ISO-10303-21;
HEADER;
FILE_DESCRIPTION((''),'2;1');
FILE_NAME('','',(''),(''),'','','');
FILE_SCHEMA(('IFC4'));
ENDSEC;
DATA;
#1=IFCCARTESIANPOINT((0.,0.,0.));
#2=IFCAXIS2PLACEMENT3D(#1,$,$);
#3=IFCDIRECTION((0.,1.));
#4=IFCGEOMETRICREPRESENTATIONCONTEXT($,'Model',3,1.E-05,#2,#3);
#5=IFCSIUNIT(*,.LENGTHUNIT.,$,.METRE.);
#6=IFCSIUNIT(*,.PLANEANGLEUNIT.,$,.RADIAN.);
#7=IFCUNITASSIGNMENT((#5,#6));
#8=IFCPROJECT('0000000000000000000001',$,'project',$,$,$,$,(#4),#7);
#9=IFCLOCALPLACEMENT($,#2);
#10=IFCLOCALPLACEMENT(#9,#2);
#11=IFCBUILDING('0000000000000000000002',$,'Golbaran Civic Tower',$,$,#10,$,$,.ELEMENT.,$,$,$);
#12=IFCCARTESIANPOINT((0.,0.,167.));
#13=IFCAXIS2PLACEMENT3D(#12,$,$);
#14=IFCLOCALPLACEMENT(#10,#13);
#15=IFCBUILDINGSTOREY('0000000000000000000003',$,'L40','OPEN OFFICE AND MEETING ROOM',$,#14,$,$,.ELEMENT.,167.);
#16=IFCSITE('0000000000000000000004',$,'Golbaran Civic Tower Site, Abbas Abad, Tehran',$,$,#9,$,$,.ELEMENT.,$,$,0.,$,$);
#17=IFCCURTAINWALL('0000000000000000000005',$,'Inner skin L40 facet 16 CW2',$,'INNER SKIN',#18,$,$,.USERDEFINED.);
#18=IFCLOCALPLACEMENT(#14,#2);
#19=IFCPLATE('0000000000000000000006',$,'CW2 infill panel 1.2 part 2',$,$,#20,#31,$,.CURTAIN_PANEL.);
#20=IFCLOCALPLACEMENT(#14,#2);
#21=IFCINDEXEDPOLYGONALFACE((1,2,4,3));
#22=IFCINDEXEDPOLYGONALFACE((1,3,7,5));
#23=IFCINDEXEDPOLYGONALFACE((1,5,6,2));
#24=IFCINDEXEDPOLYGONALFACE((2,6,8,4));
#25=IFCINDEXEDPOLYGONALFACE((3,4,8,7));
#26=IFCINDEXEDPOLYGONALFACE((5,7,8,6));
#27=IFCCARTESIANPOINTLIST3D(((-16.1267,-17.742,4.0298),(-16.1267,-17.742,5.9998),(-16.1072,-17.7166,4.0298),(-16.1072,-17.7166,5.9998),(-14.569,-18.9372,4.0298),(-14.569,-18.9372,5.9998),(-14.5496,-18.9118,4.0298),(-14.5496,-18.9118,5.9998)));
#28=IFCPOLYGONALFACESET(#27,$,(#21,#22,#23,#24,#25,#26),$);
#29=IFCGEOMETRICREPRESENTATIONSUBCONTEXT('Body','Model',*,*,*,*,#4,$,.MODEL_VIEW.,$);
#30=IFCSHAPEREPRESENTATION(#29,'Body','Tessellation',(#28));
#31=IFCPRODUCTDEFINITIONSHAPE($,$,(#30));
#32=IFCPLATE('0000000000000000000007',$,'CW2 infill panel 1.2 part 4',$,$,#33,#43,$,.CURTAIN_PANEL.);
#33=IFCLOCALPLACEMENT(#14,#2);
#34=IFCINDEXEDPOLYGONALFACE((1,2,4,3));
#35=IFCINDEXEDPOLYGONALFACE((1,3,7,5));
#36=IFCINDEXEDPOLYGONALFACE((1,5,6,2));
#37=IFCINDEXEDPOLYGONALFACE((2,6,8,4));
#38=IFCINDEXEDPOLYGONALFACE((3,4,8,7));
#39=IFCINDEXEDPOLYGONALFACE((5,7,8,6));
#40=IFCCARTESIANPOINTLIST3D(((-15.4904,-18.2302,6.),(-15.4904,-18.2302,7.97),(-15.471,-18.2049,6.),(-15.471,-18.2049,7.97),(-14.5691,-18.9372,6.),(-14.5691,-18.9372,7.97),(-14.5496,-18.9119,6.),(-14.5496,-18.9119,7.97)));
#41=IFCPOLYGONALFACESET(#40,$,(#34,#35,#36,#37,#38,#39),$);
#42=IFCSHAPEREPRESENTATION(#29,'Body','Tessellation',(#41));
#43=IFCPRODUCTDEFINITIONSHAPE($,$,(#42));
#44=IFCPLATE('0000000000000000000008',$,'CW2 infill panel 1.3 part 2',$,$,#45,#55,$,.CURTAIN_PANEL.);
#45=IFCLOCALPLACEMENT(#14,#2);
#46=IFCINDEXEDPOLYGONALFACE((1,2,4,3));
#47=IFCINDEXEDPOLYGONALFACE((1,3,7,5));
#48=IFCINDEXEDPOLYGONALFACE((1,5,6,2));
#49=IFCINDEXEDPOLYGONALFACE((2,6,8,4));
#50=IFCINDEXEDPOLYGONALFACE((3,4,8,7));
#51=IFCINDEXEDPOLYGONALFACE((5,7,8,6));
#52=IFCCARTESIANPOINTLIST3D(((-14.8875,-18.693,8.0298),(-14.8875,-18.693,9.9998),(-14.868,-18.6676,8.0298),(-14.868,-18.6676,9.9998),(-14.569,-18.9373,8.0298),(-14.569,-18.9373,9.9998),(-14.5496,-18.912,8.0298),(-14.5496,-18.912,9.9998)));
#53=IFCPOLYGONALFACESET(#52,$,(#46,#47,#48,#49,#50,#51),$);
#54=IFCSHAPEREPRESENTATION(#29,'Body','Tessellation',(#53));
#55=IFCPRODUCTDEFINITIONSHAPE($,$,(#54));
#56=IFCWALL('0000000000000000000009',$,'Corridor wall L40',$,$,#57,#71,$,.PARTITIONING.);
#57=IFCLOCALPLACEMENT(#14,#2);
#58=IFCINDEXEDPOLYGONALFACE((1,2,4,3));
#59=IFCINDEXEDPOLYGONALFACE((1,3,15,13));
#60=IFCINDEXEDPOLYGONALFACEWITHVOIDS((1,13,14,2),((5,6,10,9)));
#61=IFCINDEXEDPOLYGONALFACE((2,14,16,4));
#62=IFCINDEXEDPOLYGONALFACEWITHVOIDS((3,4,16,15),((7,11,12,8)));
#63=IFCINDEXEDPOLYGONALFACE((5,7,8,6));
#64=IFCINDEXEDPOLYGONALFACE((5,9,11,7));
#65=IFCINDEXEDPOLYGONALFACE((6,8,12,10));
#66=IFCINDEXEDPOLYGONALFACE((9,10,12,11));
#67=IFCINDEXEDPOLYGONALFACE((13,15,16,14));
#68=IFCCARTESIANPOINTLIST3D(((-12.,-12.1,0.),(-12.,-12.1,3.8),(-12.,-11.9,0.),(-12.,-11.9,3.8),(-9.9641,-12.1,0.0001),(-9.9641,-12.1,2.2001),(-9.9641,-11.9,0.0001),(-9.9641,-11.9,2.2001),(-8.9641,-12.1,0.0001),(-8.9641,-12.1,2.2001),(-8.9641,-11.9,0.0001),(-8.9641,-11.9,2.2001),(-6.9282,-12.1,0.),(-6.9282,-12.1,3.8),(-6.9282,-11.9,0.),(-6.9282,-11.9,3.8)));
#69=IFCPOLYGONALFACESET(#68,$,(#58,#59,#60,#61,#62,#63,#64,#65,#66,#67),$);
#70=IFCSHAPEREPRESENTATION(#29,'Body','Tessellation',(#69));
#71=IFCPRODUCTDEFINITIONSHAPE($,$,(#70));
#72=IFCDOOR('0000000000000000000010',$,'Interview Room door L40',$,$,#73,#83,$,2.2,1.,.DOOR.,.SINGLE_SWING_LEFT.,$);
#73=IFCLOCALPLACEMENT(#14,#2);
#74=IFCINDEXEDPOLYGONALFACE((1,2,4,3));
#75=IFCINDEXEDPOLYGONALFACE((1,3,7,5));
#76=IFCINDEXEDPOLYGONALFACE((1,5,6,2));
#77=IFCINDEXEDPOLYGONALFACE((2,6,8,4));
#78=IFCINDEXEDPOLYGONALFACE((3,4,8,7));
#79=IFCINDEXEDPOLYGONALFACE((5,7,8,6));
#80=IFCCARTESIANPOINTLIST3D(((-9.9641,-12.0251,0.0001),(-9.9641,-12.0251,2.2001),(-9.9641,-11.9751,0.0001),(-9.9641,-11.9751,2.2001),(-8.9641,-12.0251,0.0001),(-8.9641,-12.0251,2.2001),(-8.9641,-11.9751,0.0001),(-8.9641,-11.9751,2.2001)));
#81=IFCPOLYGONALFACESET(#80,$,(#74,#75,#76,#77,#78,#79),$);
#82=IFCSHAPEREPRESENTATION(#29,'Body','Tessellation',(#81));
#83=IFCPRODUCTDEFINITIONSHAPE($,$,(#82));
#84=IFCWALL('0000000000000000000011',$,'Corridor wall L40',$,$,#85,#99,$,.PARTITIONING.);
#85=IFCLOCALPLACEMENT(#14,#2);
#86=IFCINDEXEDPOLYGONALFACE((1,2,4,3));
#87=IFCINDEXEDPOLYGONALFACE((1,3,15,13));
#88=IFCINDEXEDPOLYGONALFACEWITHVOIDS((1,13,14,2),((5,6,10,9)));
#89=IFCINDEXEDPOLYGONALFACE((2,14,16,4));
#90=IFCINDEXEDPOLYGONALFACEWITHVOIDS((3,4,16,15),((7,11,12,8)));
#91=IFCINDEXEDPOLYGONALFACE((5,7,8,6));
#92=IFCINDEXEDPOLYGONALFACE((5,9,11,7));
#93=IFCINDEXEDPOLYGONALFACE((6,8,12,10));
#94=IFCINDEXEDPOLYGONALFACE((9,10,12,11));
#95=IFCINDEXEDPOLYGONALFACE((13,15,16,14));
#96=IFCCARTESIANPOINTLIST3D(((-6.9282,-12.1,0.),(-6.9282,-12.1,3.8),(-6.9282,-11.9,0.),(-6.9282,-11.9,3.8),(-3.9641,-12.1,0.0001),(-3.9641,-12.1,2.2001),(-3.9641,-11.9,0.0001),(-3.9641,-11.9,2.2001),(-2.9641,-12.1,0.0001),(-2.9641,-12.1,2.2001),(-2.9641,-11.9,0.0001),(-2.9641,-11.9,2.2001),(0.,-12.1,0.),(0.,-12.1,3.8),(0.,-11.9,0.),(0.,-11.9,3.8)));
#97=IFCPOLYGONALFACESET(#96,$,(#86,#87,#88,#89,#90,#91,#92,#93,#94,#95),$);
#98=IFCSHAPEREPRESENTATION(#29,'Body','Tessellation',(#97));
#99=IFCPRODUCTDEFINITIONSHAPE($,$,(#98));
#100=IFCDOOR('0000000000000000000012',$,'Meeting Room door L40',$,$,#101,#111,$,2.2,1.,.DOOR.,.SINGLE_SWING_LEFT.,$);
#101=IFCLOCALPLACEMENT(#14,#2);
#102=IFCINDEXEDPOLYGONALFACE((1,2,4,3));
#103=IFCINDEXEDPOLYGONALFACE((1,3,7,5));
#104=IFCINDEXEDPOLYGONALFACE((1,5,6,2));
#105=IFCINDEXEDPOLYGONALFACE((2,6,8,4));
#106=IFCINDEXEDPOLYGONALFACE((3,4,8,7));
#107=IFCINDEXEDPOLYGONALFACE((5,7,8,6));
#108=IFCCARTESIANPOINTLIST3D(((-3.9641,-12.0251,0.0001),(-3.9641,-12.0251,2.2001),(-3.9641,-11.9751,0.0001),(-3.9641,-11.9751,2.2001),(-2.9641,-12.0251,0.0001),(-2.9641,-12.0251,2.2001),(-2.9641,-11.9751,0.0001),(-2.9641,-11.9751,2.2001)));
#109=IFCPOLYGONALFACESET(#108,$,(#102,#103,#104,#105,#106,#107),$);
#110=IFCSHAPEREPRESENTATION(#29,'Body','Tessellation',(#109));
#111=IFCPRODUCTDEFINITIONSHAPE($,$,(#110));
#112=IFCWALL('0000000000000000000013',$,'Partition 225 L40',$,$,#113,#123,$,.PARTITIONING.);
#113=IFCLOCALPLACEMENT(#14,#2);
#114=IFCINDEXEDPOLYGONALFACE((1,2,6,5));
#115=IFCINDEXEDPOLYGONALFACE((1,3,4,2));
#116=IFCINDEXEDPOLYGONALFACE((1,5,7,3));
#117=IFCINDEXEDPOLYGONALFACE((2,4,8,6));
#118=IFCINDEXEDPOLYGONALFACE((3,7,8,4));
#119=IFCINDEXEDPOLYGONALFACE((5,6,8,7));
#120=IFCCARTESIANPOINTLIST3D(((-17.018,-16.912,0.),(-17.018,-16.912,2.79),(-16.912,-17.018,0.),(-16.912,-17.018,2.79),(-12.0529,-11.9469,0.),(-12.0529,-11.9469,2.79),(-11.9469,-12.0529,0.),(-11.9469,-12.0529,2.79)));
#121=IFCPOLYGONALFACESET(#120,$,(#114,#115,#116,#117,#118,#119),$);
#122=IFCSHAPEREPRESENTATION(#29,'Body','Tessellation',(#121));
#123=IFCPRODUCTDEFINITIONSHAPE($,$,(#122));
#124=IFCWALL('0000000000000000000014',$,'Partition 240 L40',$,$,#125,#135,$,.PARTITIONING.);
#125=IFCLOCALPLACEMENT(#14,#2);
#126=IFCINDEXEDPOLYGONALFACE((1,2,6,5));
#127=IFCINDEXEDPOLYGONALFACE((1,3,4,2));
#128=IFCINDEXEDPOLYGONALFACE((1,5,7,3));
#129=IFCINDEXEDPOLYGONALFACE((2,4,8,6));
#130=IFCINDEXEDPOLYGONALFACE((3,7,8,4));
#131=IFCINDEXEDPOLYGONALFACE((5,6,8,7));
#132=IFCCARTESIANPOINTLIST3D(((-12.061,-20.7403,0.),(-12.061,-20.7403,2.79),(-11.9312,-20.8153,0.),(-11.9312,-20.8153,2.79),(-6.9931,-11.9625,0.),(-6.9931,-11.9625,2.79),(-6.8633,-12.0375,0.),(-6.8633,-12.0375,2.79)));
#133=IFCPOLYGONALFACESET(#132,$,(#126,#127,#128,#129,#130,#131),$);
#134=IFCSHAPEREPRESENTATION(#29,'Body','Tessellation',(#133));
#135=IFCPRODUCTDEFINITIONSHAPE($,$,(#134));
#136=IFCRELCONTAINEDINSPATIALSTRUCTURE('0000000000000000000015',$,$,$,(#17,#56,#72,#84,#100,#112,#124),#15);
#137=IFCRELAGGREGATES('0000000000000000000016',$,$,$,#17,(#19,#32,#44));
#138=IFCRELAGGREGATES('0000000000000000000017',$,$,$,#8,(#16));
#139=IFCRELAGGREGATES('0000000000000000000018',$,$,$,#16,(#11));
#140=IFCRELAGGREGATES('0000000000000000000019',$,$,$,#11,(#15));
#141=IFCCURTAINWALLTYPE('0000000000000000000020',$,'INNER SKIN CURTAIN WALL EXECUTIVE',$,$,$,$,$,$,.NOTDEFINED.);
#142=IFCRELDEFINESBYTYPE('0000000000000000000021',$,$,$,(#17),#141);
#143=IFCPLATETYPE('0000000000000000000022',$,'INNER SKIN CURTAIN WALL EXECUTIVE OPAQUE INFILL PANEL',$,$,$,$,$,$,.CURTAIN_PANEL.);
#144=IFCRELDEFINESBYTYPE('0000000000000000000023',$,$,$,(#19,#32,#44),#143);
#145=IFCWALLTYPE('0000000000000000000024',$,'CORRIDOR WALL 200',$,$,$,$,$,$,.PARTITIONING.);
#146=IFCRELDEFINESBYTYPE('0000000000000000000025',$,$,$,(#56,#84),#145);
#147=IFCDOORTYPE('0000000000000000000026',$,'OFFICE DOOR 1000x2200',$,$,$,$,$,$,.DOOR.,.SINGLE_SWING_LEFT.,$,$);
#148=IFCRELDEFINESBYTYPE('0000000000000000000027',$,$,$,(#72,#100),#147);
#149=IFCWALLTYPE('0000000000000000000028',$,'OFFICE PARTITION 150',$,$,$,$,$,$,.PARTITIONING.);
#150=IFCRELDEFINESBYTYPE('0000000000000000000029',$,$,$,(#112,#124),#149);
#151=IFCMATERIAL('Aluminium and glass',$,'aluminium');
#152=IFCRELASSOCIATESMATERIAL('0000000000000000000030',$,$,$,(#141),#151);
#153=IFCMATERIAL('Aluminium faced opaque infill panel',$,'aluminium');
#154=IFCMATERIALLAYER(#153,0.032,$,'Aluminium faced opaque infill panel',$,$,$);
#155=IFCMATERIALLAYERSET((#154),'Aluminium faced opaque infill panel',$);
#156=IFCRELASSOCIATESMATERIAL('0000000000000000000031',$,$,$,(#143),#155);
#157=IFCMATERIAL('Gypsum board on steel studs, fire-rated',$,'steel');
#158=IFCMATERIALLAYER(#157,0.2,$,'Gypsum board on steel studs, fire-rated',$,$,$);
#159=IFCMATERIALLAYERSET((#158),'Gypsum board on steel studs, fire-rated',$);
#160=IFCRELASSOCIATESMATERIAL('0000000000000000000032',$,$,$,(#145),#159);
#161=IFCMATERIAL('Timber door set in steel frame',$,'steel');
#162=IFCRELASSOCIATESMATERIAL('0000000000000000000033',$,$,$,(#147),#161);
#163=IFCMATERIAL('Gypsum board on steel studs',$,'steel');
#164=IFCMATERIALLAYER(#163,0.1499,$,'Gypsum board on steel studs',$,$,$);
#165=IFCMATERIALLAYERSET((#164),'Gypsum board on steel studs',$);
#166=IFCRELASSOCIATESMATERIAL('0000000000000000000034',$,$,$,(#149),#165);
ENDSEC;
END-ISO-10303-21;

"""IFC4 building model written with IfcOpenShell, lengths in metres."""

from ifc_helpers import new_model, si_unit, direction, frame, frame_2d, origin, origin_2d, place, context, subcontext, project, spatial, rectangle, extrude, material, layer, layer_set, type_object, element, fill, aggregate, save


model = new_model("IFC4")

# Units and contexts
model_context = context("Model", 3, precision=1e-05, world=origin(), true_north=direction((0.0, 1.0)))
body_context = subcontext(model_context, "Body", "Model", "MODEL_VIEW")
ifc_project = project(units=[si_unit("LENGTHUNIT", "METRE"), si_unit("PLANEANGLEUNIT", "RADIAN")], contexts=[model_context])

# Site, building, storey
site_placement = place(None, origin())
site = spatial("IfcSite", under=ifc_project, at=site_placement, Name="Golbaran Civic Tower Site, Abbas Abad, Tehran", CompositionType="ELEMENT", RefElevation=0.0)
building_placement = place(site_placement, origin())
building = spatial("IfcBuilding", under=site, at=building_placement, Name="Golbaran Civic Tower", CompositionType="ELEMENT")
storey_placement = place(building_placement, frame((0.0, 0.0, 167.0)))
storey = spatial("IfcBuildingStorey", under=building, at=storey_placement, Name="L40", Description="OPEN OFFICE AND MEETING ROOM", CompositionType="ELEMENT", Elevation=167.0)

# Curtain wall
ifc_material_1 = material(Name="Aluminium and glass", Category="aluminium")
curtain_wall_type = type_object("IfcCurtainWallType", Name="INNER SKIN CURTAIN WALL EXECUTIVE", PredefinedType="NOTDEFINED", material=ifc_material_1)
curtain_wall_placement = place(storey_placement, origin())
curtain_wall = element("IfcCurtainWall", 1, at=curtain_wall_placement, inside=storey, type_object=curtain_wall_type, Name="Inner skin L40 facet 16 CW2", ObjectType="INNER SKIN", PredefinedType="USERDEFINED")

# Plates
ifc_material_2 = material(Name="Aluminium faced opaque infill panel", Category="aluminium")
ifc_layer_1 = layer(ifc_material_2, 0.032, Name="Aluminium faced opaque infill panel")
ifc_layer_set_1 = layer_set([ifc_layer_1], Name="Aluminium faced opaque infill panel")
plate_type_1 = type_object("IfcPlateType", Name="INNER SKIN CURTAIN WALL EXECUTIVE OPAQUE INFILL PANEL", PredefinedType="CURTAIN_PANEL", material=ifc_layer_set_1)
plate_1_placement = place(storey_placement, frame((-15.3381, -18.3269, 4.0298), z_axis=(0.0, 0.0, 1.0), x_axis=(0.793353, -0.608761, 0.0)))
plate_1 = element("IfcPlate", 2, at=plate_1_placement, type_object=plate_type_1, Name="CW2 infill panel 1.2 part 2", PredefinedType="CURTAIN_PANEL", context=body_context, shape_type="SweptSolid", body=[
    extrude(rectangle(XDim=1.9634, YDim=0.032, at=origin_2d()), origin(), (0.0, 0.0, 1.0), 1.97),
])
plate_2_placement = place(storey_placement, frame((-15.02, -18.571, 6.0), z_axis=(0.0, 0.0, 1.0), x_axis=(0.793353, -0.608761, 0.0)))
plate_2 = element("IfcPlate", 3, at=plate_2_placement, type_object=plate_type_1, Name="CW2 infill panel 1.2 part 4", PredefinedType="CURTAIN_PANEL", context=body_context, shape_type="SweptSolid", body=[
    extrude(rectangle(XDim=1.1614, YDim=0.032, at=origin_2d()), origin(), (0.0, 0.0, 1.0), 1.97),
])
plate_3_placement = place(storey_placement, frame((-14.7185, -18.8025, 8.0298), z_axis=(0.0, 0.0, 1.0), x_axis=(0.793353, -0.608761, 0.0)))
plate_3 = element("IfcPlate", 4, at=plate_3_placement, type_object=plate_type_1, Name="CW2 infill panel 1.3 part 2", PredefinedType="CURTAIN_PANEL", context=body_context, shape_type="SweptSolid", body=[
    extrude(rectangle(XDim=0.4014, YDim=0.032, at=origin_2d()), origin(), (0.0, 0.0, 1.0), 1.97),
])
aggregate(curtain_wall, [plate_1, plate_2, plate_3])

# Walls, openings, doors
ifc_material_3 = material(Name="Gypsum board on steel studs, fire-rated", Category="steel")
ifc_layer_2 = layer(ifc_material_3, 0.2, Name="Gypsum board on steel studs, fire-rated")
ifc_layer_set_2 = layer_set([ifc_layer_2], Name="Gypsum board on steel studs, fire-rated")
wall_type_1 = type_object("IfcWallType", Name="CORRIDOR WALL 200", PredefinedType="PARTITIONING", material=ifc_layer_set_2)
wall_1_placement = place(storey_placement, frame((-12.0, -12.0, 0.0), z_axis=(0.0, 0.0, 1.0), x_axis=(1.0, 0.0, 0.0)))
wall_1 = element("IfcWall", 5, at=wall_1_placement, inside=storey, type_object=wall_type_1, Name="Corridor wall L40", PredefinedType="PARTITIONING", context=body_context, shape_type="SweptSolid", body=[
    extrude(rectangle(XDim=5.0718, YDim=0.2, at=frame_2d((2.5359, 0.0))), origin(), (0.0, 0.0, 1.0), 3.8),
])
opening_1_placement = place(wall_1_placement, frame((2.0359, 0.0, 0.0)))
opening_1 = element("IfcOpeningElement", 6, at=opening_1_placement, cuts=wall_1, PredefinedType="OPENING", context=body_context, shape_type="SweptSolid", body=[
    extrude(rectangle(XDim=1.0, YDim=2.2, at=frame_2d((0.5, 1.1001))), frame((0.0, 0.1099, 0.0), z_axis=(0.0, -1.0, 0.0), x_axis=(1.0, 0.0, 0.0)), (0.0, 0.0, 1.0), 0.22),
])
ifc_material_4 = material(Name="Timber door set in steel frame", Category="steel")
door_type = type_object("IfcDoorType", Name="OFFICE DOOR 1000x2200", OperationType="SINGLE_SWING_LEFT", PredefinedType="DOOR", material=ifc_material_4)
door_1_placement = place(opening_1_placement, origin())
door_1 = element("IfcDoor", 7, at=door_1_placement, inside=storey, type_object=door_type, Name="Interview Room door L40", OperationType="SINGLE_SWING_LEFT", OverallHeight=2.2, OverallWidth=1.0, PredefinedType="DOOR", context=body_context, shape_type="SweptSolid", body=[
    extrude(rectangle(XDim=1.0, YDim=2.2, at=frame_2d((0.5, 1.1001))), frame((0.0, 0.0249, 0.0), z_axis=(0.0, -1.0, 0.0), x_axis=(1.0, 0.0, 0.0)), (0.0, 0.0, 1.0), 0.05),
])
fill(opening_1, door_1)
wall_2_placement = place(storey_placement, frame((-6.9282, -12.0, 0.0), z_axis=(0.0, 0.0, 1.0), x_axis=(1.0, 0.0, 0.0)))
wall_2 = element("IfcWall", 8, at=wall_2_placement, inside=storey, type_object=wall_type_1, Name="Corridor wall L40", PredefinedType="PARTITIONING", context=body_context, shape_type="SweptSolid", body=[
    extrude(rectangle(XDim=6.9282, YDim=0.2, at=frame_2d((3.4641, 0.0))), origin(), (0.0, 0.0, 1.0), 3.8),
])
opening_2_placement = place(wall_2_placement, frame((2.9641, 0.0, 0.0)))
opening_2 = element("IfcOpeningElement", 9, at=opening_2_placement, cuts=wall_2, PredefinedType="OPENING", context=body_context, shape_type="SweptSolid", body=[
    extrude(rectangle(XDim=1.0, YDim=2.2, at=frame_2d((0.5, 1.1001))), frame((0.0, 0.1099, 0.0), z_axis=(0.0, -1.0, 0.0), x_axis=(1.0, 0.0, 0.0)), (0.0, 0.0, 1.0), 0.22),
])
door_2_placement = place(opening_2_placement, origin())
door_2 = element("IfcDoor", 10, at=door_2_placement, inside=storey, type_object=door_type, Name="Meeting Room door L40", OperationType="SINGLE_SWING_LEFT", OverallHeight=2.2, OverallWidth=1.0, PredefinedType="DOOR", context=body_context, shape_type="SweptSolid", body=[
    extrude(rectangle(XDim=1.0, YDim=2.2, at=frame_2d((0.5, 1.1001))), frame((0.0, 0.0249, 0.0), z_axis=(0.0, -1.0, 0.0), x_axis=(1.0, 0.0, 0.0)), (0.0, 0.0, 1.0), 0.05),
])
fill(opening_2, door_2)

# Walls
ifc_material_5 = material(Name="Gypsum board on steel studs", Category="steel")
ifc_layer_3 = layer(ifc_material_5, 0.1499, Name="Gypsum board on steel studs")
ifc_layer_set_3 = layer_set([ifc_layer_3], Name="Gypsum board on steel studs")
wall_type_2 = type_object("IfcWallType", Name="OFFICE PARTITION 150", PredefinedType="PARTITIONING", material=ifc_layer_set_3)
wall_3_placement = place(storey_placement, frame((-12.0, -12.0, 0.0), z_axis=(0.0, 0.0, 1.0), x_axis=(-0.707107, -0.707107, 0.0)))
element("IfcWall", 11, at=wall_3_placement, inside=storey, type_object=wall_type_2, Name="Partition 225 L40", PredefinedType="PARTITIONING", context=body_context, shape_type="SweptSolid", body=[
    extrude(rectangle(XDim=7.0217, YDim=0.1499, at=frame_2d((3.5107, 0.0))), origin(), (0.0, 0.0, 1.0), 2.79),
])
wall_4_placement = place(storey_placement, frame((-6.9282, -12.0, 0.0), z_axis=(0.0, 0.0, 1.0), x_axis=(-0.499999, -0.866026, 0.0)))
element("IfcWall", 12, at=wall_4_placement, inside=storey, type_object=wall_type_2, Name="Partition 240 L40", PredefinedType="PARTITIONING", context=body_context, shape_type="SweptSolid", body=[
    extrude(rectangle(XDim=10.1357, YDim=0.1499, at=frame_2d((5.0679, 0.0))), origin(), (0.0, 0.0, 1.0), 2.79),
])

save(model, "model.ifc")
